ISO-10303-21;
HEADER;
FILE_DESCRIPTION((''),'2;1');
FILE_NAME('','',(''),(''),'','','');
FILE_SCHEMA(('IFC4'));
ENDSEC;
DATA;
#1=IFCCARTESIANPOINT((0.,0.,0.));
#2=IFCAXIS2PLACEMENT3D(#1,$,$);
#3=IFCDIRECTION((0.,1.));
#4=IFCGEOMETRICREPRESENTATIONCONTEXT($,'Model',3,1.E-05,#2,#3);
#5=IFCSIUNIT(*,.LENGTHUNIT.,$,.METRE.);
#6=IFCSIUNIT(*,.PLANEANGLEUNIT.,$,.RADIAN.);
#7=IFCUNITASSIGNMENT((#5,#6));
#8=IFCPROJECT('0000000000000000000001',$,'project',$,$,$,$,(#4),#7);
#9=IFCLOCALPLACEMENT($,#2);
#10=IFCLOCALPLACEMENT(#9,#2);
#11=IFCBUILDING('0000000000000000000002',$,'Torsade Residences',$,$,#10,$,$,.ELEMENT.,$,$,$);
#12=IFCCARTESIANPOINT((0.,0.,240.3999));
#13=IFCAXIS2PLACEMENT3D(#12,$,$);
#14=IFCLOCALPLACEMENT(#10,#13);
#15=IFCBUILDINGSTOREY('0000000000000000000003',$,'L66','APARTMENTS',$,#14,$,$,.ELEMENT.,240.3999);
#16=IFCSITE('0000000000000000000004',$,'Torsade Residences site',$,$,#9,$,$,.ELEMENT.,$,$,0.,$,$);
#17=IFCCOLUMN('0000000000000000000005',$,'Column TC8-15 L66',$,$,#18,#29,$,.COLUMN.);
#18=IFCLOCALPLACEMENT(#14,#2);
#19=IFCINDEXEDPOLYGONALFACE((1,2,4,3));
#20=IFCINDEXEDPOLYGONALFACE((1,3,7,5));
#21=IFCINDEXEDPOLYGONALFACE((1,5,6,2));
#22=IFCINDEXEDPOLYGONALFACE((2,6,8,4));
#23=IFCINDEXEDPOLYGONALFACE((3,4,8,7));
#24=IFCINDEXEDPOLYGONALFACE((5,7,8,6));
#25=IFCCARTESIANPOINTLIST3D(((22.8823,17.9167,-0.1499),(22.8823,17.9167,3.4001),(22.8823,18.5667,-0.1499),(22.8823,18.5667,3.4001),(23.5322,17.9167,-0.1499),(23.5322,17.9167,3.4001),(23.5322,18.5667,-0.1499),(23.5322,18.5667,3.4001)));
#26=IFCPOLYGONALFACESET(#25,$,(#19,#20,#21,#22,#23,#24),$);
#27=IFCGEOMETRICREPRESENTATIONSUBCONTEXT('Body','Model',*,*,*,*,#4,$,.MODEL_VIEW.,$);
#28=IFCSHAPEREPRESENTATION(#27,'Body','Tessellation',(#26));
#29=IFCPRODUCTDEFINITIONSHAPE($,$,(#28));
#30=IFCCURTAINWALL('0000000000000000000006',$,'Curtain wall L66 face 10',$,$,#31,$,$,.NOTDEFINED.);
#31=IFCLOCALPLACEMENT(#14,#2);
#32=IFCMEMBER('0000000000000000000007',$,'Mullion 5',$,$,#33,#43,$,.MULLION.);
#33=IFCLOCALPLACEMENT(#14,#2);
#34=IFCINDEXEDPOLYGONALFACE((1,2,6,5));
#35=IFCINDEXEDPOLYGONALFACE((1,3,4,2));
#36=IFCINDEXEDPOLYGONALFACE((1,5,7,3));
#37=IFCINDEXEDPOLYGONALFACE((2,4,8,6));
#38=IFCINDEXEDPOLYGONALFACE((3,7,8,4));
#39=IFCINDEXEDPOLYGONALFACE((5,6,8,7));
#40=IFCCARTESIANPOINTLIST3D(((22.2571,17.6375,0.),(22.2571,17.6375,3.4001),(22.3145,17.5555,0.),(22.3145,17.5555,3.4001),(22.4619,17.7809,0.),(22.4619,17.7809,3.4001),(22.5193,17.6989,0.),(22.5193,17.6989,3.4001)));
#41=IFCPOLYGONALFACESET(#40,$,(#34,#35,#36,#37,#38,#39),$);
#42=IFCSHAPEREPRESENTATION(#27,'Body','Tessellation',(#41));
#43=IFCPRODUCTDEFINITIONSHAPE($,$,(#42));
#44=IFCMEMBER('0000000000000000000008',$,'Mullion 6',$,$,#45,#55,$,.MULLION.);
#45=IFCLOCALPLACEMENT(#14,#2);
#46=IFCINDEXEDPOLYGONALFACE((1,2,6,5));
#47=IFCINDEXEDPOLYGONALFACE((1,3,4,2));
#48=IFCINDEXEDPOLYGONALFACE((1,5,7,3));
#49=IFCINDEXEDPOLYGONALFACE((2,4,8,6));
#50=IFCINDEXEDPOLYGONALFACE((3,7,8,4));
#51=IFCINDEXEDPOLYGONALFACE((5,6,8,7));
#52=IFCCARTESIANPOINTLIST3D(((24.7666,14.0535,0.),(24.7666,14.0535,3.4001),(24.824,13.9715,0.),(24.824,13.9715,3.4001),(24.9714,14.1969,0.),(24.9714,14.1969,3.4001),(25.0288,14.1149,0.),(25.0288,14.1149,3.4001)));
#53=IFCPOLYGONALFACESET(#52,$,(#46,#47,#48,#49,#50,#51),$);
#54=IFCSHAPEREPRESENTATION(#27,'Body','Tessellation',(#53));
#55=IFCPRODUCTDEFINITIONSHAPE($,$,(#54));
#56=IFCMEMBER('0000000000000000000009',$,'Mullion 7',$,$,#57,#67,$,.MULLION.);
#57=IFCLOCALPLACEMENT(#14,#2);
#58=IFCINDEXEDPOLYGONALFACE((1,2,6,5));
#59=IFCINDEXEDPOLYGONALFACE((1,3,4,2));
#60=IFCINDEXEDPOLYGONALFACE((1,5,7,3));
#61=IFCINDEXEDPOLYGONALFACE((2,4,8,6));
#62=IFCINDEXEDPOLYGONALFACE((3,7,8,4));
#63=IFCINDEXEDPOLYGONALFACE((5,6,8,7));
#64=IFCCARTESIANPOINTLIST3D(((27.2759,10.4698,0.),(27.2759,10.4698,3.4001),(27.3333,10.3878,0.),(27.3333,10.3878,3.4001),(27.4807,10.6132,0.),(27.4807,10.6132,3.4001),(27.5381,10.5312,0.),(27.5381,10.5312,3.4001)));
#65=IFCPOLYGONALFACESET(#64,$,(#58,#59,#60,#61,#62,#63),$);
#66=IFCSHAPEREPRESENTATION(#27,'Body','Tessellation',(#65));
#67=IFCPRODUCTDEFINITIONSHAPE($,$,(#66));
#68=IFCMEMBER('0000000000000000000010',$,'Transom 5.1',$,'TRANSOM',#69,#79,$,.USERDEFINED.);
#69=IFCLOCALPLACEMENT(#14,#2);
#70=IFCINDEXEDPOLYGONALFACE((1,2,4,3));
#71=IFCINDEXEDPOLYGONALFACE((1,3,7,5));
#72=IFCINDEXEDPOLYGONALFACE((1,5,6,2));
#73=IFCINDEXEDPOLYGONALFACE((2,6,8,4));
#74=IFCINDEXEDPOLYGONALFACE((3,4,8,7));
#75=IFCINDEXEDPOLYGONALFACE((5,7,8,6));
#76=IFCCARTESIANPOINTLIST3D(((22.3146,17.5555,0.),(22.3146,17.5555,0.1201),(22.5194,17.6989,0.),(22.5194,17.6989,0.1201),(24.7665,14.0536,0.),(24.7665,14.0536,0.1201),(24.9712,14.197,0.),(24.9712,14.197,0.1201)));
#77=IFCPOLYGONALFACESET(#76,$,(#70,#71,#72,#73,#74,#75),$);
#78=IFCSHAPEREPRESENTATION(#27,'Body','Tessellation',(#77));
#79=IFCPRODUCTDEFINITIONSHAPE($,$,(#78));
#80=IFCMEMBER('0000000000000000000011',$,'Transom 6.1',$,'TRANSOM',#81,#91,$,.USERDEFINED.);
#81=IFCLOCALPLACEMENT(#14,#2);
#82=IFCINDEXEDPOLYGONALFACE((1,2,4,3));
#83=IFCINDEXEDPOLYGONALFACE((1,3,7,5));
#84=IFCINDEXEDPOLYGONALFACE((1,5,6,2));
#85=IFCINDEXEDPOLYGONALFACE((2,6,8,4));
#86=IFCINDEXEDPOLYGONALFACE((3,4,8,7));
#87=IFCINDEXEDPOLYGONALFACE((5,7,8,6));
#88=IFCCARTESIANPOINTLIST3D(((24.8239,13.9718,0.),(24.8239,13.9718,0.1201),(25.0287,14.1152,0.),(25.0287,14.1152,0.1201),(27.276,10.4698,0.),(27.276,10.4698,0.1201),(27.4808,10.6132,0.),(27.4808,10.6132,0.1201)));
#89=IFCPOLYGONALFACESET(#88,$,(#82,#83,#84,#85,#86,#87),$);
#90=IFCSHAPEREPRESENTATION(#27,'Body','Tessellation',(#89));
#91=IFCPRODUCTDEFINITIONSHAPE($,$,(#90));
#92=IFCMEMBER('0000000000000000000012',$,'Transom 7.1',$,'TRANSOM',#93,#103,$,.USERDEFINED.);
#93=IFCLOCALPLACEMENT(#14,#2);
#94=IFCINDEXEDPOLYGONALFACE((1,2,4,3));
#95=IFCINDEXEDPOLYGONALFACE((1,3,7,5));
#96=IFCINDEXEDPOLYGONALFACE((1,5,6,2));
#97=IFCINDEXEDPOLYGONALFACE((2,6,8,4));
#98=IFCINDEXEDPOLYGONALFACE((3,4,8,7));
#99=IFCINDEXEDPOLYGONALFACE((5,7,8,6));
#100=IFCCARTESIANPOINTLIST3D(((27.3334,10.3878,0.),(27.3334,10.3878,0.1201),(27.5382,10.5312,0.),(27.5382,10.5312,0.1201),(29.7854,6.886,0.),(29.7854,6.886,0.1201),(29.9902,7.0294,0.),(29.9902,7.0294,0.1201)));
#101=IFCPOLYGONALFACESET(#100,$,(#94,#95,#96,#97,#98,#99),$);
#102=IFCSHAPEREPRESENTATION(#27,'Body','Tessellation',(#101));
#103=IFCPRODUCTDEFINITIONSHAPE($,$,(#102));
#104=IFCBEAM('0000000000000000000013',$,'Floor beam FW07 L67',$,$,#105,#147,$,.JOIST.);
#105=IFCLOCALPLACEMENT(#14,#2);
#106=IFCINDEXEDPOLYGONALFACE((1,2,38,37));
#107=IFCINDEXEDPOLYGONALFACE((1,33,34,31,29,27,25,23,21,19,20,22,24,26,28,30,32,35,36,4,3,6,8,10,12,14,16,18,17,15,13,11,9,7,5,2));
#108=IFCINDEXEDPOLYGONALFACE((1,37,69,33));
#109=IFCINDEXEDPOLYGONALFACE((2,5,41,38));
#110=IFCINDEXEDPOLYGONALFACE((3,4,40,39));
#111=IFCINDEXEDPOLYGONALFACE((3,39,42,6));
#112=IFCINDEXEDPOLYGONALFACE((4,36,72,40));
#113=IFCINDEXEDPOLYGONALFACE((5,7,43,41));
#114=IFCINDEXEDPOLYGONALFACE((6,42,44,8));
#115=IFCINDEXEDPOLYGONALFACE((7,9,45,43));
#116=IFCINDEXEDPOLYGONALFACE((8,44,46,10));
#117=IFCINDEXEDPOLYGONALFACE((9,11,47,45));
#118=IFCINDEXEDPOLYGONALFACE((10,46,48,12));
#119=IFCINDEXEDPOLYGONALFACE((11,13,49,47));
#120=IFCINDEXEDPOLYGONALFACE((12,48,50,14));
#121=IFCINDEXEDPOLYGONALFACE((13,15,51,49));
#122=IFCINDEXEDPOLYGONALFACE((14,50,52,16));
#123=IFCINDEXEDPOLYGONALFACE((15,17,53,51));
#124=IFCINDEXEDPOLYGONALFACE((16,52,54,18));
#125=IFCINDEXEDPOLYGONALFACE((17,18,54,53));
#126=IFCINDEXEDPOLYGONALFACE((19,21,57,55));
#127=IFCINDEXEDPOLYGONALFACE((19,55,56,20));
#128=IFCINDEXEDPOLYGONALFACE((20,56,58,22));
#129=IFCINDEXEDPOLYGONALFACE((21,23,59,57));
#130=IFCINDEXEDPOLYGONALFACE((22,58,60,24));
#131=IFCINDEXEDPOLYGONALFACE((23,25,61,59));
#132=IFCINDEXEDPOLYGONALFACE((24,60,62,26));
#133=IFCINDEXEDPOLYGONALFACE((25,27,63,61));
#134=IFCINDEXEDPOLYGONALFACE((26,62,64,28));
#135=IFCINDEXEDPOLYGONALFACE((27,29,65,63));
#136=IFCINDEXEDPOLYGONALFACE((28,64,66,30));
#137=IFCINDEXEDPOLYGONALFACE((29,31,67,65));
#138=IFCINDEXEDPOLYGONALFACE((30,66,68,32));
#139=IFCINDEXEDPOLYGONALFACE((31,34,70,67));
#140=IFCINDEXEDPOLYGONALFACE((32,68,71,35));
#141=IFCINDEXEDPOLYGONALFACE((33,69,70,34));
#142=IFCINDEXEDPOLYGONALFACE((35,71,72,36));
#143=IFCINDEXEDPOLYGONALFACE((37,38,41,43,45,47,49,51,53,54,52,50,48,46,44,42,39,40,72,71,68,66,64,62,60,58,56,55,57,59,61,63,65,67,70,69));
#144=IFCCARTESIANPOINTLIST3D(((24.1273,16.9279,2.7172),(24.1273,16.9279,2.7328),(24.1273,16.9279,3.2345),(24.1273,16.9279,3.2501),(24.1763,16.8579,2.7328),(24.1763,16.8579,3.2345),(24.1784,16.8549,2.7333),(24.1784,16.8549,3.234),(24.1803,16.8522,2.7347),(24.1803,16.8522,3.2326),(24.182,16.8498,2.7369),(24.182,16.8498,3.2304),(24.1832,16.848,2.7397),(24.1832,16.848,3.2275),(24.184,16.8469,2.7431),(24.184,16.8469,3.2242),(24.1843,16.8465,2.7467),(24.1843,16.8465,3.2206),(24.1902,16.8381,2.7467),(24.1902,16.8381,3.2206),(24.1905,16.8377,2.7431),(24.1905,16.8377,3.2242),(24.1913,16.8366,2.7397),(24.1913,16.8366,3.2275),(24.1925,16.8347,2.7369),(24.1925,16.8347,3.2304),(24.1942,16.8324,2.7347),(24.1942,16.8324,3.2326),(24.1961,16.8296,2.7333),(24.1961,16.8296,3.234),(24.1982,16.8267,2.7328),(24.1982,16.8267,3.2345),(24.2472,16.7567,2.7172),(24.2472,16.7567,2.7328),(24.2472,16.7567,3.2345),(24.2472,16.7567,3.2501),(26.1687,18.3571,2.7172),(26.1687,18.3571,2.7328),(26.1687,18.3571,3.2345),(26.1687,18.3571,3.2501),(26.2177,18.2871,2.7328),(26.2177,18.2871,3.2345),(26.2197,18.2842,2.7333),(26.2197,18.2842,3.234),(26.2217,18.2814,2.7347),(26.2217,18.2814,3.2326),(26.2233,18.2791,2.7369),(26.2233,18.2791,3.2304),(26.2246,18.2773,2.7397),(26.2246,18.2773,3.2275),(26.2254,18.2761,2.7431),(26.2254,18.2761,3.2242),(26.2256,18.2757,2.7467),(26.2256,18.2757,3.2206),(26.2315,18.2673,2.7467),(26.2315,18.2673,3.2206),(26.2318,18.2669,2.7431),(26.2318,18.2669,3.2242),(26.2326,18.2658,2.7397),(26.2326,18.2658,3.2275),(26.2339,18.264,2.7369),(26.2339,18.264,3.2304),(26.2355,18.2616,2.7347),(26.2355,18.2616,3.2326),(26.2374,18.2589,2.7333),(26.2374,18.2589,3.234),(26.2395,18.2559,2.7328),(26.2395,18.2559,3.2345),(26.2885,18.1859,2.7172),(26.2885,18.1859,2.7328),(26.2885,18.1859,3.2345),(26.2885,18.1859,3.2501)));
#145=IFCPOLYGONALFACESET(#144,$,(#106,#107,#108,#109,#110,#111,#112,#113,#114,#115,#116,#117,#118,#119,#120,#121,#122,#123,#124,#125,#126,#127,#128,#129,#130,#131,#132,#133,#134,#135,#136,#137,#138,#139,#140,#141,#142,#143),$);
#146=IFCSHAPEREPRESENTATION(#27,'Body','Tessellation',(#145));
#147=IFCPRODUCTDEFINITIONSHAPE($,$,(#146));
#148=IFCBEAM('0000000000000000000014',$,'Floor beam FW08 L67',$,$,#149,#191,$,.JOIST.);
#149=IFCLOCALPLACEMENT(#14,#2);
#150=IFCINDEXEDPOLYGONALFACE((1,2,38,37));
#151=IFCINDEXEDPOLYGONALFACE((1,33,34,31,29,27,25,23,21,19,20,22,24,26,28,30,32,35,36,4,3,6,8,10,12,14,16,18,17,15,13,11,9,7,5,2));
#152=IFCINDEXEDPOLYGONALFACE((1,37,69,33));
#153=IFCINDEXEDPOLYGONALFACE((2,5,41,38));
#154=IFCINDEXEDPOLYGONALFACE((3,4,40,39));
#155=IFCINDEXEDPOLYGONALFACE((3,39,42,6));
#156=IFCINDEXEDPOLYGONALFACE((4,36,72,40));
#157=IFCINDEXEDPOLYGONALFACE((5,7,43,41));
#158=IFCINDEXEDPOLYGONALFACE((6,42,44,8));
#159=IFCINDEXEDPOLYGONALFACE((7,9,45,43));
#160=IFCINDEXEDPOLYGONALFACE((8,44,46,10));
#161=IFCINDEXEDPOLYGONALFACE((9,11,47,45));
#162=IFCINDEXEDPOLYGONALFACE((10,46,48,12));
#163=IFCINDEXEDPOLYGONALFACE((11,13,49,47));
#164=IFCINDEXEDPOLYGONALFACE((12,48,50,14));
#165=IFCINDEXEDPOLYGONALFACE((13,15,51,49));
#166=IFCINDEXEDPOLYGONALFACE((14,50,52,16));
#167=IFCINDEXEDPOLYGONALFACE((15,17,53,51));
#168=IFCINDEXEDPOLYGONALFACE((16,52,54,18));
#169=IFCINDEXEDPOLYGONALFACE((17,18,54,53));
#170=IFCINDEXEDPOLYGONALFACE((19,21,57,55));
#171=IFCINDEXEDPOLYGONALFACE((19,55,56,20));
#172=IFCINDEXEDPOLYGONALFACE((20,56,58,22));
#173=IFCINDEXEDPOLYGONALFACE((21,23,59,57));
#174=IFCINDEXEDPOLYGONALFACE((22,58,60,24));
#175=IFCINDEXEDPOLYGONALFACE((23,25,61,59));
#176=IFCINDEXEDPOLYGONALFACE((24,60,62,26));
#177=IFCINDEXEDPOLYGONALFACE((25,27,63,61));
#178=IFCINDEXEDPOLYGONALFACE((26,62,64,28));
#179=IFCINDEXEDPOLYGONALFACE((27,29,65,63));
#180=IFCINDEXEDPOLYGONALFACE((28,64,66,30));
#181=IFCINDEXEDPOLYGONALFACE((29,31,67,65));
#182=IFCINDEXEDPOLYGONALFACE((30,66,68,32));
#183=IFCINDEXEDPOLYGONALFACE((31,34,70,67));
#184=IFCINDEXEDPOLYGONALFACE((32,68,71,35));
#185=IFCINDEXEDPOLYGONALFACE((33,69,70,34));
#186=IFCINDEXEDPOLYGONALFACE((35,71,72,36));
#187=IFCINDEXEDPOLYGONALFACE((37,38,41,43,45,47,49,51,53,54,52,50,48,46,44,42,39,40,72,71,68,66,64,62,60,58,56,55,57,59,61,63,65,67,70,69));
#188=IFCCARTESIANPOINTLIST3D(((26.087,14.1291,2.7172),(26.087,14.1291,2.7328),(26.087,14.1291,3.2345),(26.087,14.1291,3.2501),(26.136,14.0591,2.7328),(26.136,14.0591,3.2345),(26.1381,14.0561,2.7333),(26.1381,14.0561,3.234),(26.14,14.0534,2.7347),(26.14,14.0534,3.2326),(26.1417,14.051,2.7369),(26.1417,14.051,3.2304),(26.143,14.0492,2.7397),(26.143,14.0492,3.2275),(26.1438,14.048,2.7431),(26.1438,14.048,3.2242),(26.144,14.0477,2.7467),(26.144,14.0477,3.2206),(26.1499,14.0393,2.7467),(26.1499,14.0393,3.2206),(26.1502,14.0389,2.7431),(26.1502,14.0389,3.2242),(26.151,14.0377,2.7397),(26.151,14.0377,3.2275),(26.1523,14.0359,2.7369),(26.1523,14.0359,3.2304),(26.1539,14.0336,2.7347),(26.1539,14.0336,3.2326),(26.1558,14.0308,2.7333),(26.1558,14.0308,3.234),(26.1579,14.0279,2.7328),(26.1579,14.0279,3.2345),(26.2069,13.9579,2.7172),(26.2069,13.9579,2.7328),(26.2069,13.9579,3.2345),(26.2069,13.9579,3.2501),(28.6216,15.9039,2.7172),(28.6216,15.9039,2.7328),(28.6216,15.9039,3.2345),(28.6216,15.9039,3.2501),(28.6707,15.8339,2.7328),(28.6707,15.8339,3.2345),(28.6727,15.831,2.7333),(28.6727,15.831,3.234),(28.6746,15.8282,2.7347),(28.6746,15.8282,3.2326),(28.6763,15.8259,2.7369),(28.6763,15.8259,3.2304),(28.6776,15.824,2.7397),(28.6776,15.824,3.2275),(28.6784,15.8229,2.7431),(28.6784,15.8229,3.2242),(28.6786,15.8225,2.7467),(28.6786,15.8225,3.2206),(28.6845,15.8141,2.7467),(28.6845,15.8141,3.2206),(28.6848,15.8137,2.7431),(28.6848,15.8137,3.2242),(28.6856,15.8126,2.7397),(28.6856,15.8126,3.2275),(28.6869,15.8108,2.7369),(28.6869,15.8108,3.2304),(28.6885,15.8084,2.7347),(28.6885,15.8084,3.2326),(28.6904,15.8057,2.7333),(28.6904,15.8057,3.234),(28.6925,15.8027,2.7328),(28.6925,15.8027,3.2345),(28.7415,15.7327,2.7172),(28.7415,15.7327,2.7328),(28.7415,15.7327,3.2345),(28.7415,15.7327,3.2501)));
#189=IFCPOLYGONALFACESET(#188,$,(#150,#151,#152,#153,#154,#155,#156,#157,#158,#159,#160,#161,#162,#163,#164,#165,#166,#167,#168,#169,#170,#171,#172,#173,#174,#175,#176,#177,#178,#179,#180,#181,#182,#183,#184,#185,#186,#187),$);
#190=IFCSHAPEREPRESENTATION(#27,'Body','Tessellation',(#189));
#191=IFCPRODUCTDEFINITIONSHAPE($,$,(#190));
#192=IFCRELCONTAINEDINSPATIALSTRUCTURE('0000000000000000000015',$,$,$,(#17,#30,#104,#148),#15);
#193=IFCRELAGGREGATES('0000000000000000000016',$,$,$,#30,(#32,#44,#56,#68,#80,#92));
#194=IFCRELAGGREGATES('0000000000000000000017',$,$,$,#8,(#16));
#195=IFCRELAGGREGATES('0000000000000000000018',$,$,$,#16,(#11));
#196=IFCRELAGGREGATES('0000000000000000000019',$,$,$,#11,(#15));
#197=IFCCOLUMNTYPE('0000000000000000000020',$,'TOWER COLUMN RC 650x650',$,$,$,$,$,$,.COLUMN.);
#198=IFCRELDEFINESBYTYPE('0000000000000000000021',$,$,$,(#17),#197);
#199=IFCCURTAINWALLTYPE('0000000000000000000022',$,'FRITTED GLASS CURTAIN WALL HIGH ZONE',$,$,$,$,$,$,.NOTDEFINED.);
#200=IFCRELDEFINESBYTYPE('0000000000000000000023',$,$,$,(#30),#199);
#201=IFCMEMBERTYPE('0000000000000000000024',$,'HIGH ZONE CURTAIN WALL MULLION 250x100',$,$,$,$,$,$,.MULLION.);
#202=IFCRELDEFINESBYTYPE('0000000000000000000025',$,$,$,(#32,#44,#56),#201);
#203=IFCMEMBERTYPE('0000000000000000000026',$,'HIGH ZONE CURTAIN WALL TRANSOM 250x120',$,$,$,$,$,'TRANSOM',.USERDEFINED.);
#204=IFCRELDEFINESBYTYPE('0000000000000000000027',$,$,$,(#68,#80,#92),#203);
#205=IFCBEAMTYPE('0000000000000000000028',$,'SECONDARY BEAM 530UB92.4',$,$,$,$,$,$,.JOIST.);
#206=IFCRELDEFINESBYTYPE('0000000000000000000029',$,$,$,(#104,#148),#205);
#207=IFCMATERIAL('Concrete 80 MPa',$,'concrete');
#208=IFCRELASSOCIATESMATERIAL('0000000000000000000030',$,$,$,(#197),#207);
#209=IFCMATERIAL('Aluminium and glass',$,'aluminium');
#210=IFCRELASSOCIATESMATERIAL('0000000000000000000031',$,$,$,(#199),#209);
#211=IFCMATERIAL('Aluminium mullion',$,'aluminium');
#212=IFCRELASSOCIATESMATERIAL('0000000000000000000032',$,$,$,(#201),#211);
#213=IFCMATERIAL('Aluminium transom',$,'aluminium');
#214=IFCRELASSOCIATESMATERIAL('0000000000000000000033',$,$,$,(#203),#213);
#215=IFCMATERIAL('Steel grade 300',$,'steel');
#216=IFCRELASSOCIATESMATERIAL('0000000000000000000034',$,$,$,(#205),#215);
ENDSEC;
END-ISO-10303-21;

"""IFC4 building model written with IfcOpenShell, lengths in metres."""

from ifc_helpers import new_model, si_unit, direction, frame, origin, origin_2d, place, context, subcontext, project, spatial, rectangle, i_section, extrude, material, material_profile, profile_set, type_object, element, aggregate, save


model = new_model("IFC4")

# Units and contexts
model_context = context("Model", 3, precision=1e-05, world=origin(), true_north=direction((0.0, 1.0)))
body_context = subcontext(model_context, "Body", "Model", "MODEL_VIEW")
ifc_project = project(units=[si_unit("LENGTHUNIT", "METRE"), si_unit("PLANEANGLEUNIT", "RADIAN")], contexts=[model_context])

# Site, building, storey
site_placement = place(None, origin())
site = spatial("IfcSite", under=ifc_project, at=site_placement, Name="Torsade Residences site", CompositionType="ELEMENT", RefElevation=0.0)
building_placement = place(site_placement, origin())
building = spatial("IfcBuilding", under=site, at=building_placement, Name="Torsade Residences", CompositionType="ELEMENT")
storey_placement = place(building_placement, frame((0.0, 0.0, 240.3999)))
storey = spatial("IfcBuildingStorey", under=building, at=storey_placement, Name="L66", Description="APARTMENTS", CompositionType="ELEMENT", Elevation=240.3999)

# Column
ifc_material_1 = material(Name="Concrete 80 MPa", Category="concrete")
ifc_material_profile_1 = material_profile(ifc_material_1, rectangle(XDim=0.6499, YDim=0.6499, at=origin_2d()), Name="RC 650x650")
ifc_profile_set_1 = profile_set([ifc_material_profile_1], Name="Concrete 80 MPa")
column_type = type_object("IfcColumnType", Name="TOWER COLUMN RC 650x650", PredefinedType="COLUMN", material=ifc_profile_set_1)
column_placement = place(storey_placement, frame((23.2073, 18.2417, -0.1499), z_axis=(0.0, 0.0, 1.0), x_axis=(1.0, 0.0, 0.0)))
element("IfcColumn", 1, at=column_placement, inside=storey, type_object=column_type, Name="Column TC8-15 L66", PredefinedType="COLUMN", context=body_context, shape_type="SweptSolid", body=[
    extrude(rectangle(XDim=0.6499, YDim=0.6499, at=origin_2d()), origin(), (0.0, 0.0, 1.0), 3.55),
])

# Curtain wall, members
ifc_material_2 = material(Name="Aluminium and glass", Category="aluminium")
curtain_wall_type = type_object("IfcCurtainWallType", Name="FRITTED GLASS CURTAIN WALL HIGH ZONE", PredefinedType="NOTDEFINED", material=ifc_material_2)
curtain_wall_placement = place(storey_placement, origin())
curtain_wall = element("IfcCurtainWall", 2, at=curtain_wall_placement, inside=storey, type_object=curtain_wall_type, Name="Curtain wall L66 face 10", PredefinedType="NOTDEFINED")
ifc_material_3 = material(Name="Aluminium mullion", Category="aluminium")
ifc_material_profile_2 = material_profile(ifc_material_3, rectangle(XDim=0.25, YDim=0.1001, at=origin_2d()), Name="HIGH ZONE CURTAIN WALL MULLION 250x100")
ifc_profile_set_2 = profile_set([ifc_material_profile_2], Name="Aluminium mullion")
member_type_1 = type_object("IfcMemberType", Name="HIGH ZONE CURTAIN WALL MULLION 250x100", PredefinedType="MULLION", material=ifc_profile_set_2)
member_1_placement = place(storey_placement, frame((22.3882, 17.6682, 0.0), z_axis=(0.0, 0.0, 1.0), x_axis=(0.819152, 0.573576, 0.0)))
member_1 = element("IfcMember", 3, at=member_1_placement, type_object=member_type_1, Name="Mullion 5", PredefinedType="MULLION", context=body_context, shape_type="SweptSolid", body=[
    extrude(rectangle(XDim=0.25, YDim=0.1001, at=origin_2d()), origin(), (0.0, 0.0, 1.0), 3.4001),
])
member_2_placement = place(storey_placement, frame((24.8977, 14.0842, 0.0), z_axis=(0.0, 0.0, 1.0), x_axis=(0.819152, 0.573576, 0.0)))
member_2 = element("IfcMember", 4, at=member_2_placement, type_object=member_type_1, Name="Mullion 6", PredefinedType="MULLION", context=body_context, shape_type="SweptSolid", body=[
    extrude(rectangle(XDim=0.25, YDim=0.1001, at=origin_2d()), origin(), (0.0, 0.0, 1.0), 3.4001),
])
member_3_placement = place(storey_placement, frame((27.407, 10.5005, 0.0), z_axis=(0.0, 0.0, 1.0), x_axis=(0.819152, 0.573576, 0.0)))
member_3 = element("IfcMember", 5, at=member_3_placement, type_object=member_type_1, Name="Mullion 7", PredefinedType="MULLION", context=body_context, shape_type="SweptSolid", body=[
    extrude(rectangle(XDim=0.25, YDim=0.1001, at=origin_2d()), origin(), (0.0, 0.0, 1.0), 3.4001),
])
ifc_material_4 = material(Name="Aluminium transom", Category="aluminium")
ifc_material_profile_3 = material_profile(ifc_material_4, rectangle(XDim=0.25, YDim=0.1201, at=origin_2d()), Name="HIGH ZONE CURTAIN WALL TRANSOM 250x120")
ifc_profile_set_3 = profile_set([ifc_material_profile_3], Name="Aluminium transom")
member_type_2 = type_object("IfcMemberType", Name="HIGH ZONE CURTAIN WALL TRANSOM 250x120", ElementType="TRANSOM", PredefinedType="USERDEFINED", material=ifc_profile_set_3)
member_4_placement = place(storey_placement, frame((22.417, 17.6272, 0.0601), z_axis=(0.573547, -0.819173, 0.0), x_axis=(0.819173, 0.573547, 0.0)))
member_4 = element("IfcMember", 6, at=member_4_placement, type_object=member_type_2, Name="Transom 5.1", ObjectType="TRANSOM", PredefinedType="USERDEFINED", context=body_context, shape_type="SweptSolid", body=[
    extrude(rectangle(XDim=0.25, YDim=0.1201, at=origin_2d()), origin(), (0.0, 0.0, 1.0), 4.2749),
])
member_5_placement = place(storey_placement, frame((24.9263, 14.0435, 0.0601), z_axis=(0.573585, -0.819146, 0.0), x_axis=(0.819146, 0.573585, 0.0)))
member_5 = element("IfcMember", 7, at=member_5_placement, type_object=member_type_2, Name="Transom 6.1", ObjectType="TRANSOM", PredefinedType="USERDEFINED", context=body_context, shape_type="SweptSolid", body=[
    extrude(rectangle(XDim=0.25, YDim=0.1201, at=origin_2d()), origin(), (0.0, 0.0, 1.0), 4.2751),
])
member_6_placement = place(storey_placement, frame((27.4358, 10.4595, 0.0601), z_axis=(0.573573, -0.819154, 0.0), x_axis=(0.819154, 0.573573, 0.0)))
member_6 = element("IfcMember", 8, at=member_6_placement, type_object=member_type_2, Name="Transom 7.1", ObjectType="TRANSOM", PredefinedType="USERDEFINED", context=body_context, shape_type="SweptSolid", body=[
    extrude(rectangle(XDim=0.25, YDim=0.1201, at=origin_2d()), origin(), (0.0, 0.0, 1.0), 4.2749),
])

# Beams
ifc_material_5 = material(Name="Steel grade 300", Category="steel")
ifc_material_profile_4 = material_profile(ifc_material_5, i_section(OverallWidth=0.209, OverallDepth=0.533, WebThickness=0.0103, FlangeThickness=0.0156, FilletRadius=0.0139, at=origin_2d()), Name="530UB92.4")
ifc_profile_set_4 = profile_set([ifc_material_profile_4], Name="Steel grade 300")
beam_type = type_object("IfcBeamType", Name="SECONDARY BEAM 530UB92.4", PredefinedType="JOIST", material=ifc_profile_set_4)
beam_1_placement = place(storey_placement, frame((24.1873, 16.8423, 2.9836), z_axis=(0.819172, 0.573548, 0.0), x_axis=(-0.573548, 0.819172, 0.0)))
element("IfcBeam", 9, at=beam_1_placement, inside=storey, type_object=beam_type, Name="Floor beam FW07 L67", PredefinedType="JOIST", context=body_context, shape_type="SweptSolid", body=[
    extrude(i_section(OverallWidth=0.209, OverallDepth=0.533, WebThickness=0.0103, FlangeThickness=0.0156, FilletRadius=0.0139, at=origin_2d()), origin(), (0.0, 0.0, 1.0), 2.4919),
])
beam_2_placement = place(storey_placement, frame((26.147, 14.0435, 2.9836), z_axis=(0.819136, 0.5736, 0.0), x_axis=(-0.5736, 0.819136, 0.0)))
element("IfcBeam", 10, at=beam_2_placement, inside=storey, type_object=beam_type, Name="Floor beam FW08 L67", PredefinedType="JOIST", context=body_context, shape_type="SweptSolid", body=[
    extrude(i_section(OverallWidth=0.209, OverallDepth=0.533, WebThickness=0.0103, FlangeThickness=0.0156, FilletRadius=0.0139, at=origin_2d()), origin(), (0.0, 0.0, 1.0), 3.0942),
])

aggregate(curtain_wall, [member_1, member_2, member_3, member_4, member_5, member_6])

save(model, "model.ifc")
